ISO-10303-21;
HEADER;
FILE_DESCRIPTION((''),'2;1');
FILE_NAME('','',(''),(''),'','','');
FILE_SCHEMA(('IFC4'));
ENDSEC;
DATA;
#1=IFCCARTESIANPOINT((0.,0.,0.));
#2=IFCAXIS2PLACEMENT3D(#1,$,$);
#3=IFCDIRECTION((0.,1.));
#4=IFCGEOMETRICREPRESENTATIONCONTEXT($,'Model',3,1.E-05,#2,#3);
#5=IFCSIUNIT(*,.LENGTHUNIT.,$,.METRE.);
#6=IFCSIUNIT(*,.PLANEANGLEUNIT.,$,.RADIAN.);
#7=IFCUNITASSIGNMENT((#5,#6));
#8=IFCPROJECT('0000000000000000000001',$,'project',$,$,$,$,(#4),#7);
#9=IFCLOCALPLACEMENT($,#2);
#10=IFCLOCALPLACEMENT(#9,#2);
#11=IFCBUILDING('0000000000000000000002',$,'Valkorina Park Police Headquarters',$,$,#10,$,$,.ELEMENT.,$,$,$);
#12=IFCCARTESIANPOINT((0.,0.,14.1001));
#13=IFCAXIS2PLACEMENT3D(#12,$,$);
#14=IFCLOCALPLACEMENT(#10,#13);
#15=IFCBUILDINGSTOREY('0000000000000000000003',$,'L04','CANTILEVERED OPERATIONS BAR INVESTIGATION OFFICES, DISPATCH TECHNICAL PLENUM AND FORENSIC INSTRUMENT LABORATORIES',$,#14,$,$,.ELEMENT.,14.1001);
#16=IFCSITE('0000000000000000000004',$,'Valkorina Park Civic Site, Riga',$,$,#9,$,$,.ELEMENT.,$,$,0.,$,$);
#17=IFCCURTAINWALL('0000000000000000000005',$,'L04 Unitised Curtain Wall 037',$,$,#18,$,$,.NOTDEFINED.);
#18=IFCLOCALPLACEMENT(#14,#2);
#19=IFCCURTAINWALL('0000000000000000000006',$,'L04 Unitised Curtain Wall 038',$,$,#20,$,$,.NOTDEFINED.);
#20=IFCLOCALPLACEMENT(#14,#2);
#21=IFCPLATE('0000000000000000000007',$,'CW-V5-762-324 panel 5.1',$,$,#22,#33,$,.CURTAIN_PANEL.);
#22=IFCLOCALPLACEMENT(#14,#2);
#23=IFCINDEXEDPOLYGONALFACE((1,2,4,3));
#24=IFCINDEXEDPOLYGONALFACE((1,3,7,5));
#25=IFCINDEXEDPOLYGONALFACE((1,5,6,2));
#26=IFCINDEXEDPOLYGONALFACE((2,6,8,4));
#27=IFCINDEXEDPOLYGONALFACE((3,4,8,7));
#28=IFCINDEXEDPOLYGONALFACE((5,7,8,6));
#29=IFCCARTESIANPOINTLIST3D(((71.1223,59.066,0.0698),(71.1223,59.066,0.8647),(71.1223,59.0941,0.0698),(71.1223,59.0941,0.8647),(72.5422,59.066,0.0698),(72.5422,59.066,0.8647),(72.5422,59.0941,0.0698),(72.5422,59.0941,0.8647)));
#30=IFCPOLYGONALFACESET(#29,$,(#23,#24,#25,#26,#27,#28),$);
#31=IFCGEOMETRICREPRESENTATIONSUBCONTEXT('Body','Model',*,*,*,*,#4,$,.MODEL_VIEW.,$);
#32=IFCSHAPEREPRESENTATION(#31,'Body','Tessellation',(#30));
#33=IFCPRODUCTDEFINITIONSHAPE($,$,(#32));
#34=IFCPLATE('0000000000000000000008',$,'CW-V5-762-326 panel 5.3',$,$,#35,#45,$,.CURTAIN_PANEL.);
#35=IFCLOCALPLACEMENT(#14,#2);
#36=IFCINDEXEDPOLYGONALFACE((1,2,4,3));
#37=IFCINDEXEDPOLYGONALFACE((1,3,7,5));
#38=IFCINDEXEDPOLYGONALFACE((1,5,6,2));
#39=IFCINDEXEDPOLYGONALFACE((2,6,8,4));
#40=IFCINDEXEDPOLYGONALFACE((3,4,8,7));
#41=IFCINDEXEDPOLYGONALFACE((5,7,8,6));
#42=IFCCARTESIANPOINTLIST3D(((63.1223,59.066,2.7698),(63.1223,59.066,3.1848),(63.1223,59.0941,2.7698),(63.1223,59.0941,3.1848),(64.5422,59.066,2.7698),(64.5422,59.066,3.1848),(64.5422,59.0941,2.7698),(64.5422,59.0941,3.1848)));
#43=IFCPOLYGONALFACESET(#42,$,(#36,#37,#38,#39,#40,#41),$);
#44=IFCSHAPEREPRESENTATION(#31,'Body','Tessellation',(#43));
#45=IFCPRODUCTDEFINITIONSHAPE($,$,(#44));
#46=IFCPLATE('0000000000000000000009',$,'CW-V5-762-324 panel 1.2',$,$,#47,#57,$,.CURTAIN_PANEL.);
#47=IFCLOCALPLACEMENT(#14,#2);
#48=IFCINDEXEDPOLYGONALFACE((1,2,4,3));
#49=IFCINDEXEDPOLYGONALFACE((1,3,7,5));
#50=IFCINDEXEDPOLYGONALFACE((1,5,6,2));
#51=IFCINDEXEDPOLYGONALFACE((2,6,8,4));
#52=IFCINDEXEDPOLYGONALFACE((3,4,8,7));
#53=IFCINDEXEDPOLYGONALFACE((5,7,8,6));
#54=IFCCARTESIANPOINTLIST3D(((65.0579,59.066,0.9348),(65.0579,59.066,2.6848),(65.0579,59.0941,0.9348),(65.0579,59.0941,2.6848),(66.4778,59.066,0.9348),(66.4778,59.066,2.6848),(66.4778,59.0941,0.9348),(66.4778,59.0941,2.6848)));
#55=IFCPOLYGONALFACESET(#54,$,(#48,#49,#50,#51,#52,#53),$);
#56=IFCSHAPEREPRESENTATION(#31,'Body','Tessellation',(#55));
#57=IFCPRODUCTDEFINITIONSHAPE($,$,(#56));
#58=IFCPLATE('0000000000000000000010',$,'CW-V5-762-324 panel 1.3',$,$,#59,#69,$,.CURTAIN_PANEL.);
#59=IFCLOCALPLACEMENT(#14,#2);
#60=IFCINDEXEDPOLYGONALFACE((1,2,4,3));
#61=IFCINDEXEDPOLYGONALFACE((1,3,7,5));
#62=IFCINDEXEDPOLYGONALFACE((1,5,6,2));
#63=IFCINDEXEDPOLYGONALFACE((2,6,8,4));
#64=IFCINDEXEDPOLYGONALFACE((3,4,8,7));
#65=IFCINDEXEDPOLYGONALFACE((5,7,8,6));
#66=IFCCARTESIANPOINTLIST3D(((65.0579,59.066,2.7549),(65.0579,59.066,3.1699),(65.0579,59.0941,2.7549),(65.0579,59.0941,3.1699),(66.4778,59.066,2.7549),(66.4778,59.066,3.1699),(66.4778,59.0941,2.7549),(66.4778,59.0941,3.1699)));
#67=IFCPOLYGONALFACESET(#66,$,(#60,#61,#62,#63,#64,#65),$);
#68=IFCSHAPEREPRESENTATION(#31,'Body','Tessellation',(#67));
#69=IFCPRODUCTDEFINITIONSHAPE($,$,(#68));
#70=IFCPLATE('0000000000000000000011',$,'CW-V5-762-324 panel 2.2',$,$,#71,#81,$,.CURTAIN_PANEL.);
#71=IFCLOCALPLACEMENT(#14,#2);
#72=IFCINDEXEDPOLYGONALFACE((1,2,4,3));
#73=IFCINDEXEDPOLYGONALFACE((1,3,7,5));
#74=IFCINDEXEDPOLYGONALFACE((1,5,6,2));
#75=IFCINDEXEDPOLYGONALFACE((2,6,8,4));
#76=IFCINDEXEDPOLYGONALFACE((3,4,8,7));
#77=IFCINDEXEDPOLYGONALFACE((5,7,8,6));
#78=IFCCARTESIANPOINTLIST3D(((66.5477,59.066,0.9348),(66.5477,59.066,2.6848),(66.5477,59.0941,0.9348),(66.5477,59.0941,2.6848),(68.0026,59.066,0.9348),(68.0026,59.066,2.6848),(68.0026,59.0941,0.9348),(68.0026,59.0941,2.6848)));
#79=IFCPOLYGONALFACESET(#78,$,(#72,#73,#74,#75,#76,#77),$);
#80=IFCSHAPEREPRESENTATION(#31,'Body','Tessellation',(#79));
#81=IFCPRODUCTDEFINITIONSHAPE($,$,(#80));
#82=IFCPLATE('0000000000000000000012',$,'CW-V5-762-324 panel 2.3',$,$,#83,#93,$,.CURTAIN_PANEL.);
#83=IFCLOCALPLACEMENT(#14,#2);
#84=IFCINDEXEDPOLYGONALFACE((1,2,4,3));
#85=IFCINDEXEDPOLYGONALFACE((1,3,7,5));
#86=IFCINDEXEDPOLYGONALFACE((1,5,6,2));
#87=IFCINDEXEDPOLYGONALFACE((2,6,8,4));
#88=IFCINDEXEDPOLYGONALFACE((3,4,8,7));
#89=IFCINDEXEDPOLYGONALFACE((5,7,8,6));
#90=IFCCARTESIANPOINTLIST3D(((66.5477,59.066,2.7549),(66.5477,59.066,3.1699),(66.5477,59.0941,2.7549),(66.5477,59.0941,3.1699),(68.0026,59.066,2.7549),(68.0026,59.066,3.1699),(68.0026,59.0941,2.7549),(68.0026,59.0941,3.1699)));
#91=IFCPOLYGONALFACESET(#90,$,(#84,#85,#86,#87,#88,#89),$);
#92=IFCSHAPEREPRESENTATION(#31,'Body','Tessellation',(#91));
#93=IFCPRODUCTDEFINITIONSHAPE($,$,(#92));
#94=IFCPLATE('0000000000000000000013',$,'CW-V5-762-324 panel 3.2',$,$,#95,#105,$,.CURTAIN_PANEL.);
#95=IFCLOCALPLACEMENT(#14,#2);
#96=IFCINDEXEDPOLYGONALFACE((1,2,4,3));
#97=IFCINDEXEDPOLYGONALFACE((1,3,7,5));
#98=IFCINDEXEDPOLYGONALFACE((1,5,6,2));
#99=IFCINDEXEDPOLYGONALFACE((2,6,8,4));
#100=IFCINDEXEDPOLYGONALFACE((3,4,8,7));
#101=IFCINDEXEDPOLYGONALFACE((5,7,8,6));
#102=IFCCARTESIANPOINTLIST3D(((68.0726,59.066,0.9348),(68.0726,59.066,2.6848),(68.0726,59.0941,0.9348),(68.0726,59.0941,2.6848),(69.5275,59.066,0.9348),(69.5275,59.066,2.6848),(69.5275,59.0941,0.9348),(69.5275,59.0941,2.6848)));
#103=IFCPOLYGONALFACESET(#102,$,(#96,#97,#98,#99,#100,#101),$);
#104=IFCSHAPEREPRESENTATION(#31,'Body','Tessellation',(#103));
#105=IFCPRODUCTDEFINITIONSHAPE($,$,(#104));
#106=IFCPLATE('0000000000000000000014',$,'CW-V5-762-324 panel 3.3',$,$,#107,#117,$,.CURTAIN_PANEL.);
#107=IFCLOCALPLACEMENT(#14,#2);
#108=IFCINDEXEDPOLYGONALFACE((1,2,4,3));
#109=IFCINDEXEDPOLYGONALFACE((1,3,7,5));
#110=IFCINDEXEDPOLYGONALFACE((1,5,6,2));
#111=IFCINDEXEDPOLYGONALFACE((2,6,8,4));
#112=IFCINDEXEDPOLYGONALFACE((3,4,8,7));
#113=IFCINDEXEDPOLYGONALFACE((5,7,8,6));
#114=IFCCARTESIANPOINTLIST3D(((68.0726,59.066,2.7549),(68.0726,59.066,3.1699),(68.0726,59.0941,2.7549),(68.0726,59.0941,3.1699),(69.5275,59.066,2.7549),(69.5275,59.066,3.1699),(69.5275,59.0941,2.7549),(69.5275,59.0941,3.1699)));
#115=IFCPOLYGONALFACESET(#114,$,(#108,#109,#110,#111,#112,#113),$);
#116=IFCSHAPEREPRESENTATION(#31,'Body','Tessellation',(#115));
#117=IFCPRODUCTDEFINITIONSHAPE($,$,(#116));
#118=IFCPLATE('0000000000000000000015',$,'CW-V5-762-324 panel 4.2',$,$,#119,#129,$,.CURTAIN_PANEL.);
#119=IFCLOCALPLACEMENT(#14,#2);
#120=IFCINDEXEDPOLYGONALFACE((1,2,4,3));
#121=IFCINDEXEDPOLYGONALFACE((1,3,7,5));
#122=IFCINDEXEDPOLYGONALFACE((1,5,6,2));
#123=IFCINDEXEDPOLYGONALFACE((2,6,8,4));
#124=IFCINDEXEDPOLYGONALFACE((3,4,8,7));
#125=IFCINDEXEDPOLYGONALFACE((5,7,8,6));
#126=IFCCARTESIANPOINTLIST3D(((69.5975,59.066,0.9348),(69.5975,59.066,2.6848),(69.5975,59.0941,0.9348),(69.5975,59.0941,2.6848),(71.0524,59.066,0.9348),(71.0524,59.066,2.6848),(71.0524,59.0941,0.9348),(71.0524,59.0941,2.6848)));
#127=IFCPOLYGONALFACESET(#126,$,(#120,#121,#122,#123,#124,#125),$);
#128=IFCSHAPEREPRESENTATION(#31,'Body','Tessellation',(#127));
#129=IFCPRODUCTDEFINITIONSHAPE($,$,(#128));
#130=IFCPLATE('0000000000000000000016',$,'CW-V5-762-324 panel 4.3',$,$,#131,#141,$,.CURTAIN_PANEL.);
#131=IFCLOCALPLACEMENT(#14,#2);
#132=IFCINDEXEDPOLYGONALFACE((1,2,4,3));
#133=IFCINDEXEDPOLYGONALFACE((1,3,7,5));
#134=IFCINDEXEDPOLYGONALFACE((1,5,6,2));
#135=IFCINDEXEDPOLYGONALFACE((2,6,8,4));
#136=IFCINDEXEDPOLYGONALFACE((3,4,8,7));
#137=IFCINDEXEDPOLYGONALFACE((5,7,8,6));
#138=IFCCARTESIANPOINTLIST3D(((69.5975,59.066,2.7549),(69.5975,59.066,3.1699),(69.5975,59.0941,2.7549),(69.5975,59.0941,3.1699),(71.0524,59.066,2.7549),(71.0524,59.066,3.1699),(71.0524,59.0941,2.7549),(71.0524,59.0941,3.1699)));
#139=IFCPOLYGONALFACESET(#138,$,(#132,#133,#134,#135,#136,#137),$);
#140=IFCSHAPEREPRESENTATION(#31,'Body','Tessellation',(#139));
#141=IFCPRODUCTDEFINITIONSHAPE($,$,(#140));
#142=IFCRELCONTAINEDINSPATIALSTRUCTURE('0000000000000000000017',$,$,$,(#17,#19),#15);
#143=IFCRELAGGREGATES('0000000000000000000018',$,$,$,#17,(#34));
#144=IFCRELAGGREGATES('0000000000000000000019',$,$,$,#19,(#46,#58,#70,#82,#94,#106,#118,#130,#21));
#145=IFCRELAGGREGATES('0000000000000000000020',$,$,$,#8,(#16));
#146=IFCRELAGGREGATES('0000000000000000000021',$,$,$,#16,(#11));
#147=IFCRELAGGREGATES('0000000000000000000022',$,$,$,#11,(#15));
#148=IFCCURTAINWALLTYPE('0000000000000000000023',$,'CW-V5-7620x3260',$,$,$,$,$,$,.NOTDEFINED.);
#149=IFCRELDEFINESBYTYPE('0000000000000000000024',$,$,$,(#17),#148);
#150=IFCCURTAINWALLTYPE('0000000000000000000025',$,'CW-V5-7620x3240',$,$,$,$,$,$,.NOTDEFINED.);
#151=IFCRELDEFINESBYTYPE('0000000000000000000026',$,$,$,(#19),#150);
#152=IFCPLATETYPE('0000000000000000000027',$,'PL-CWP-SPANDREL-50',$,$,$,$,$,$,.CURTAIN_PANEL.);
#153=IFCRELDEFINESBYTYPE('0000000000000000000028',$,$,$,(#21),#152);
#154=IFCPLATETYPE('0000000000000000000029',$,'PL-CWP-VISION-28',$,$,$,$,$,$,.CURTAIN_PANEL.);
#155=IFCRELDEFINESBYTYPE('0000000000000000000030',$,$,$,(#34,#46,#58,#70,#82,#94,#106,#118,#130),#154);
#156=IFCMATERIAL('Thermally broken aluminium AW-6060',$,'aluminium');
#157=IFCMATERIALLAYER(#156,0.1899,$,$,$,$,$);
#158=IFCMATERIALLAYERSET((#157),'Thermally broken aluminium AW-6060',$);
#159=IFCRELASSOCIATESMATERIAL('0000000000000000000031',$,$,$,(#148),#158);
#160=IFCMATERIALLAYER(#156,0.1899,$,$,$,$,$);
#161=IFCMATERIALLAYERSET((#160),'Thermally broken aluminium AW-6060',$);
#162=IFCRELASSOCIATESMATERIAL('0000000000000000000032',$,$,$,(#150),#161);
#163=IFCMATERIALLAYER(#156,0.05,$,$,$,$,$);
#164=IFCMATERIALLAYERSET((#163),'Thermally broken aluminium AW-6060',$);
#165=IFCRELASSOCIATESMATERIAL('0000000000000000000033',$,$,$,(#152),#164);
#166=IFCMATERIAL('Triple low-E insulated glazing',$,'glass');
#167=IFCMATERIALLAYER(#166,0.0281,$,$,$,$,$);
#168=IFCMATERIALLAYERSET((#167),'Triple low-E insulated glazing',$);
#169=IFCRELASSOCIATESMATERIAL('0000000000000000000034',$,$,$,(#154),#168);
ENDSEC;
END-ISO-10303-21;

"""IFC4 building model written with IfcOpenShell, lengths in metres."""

from ifc_helpers import new_model, si_unit, direction, frame, origin, origin_2d, place, context, subcontext, project, spatial, rectangle, extrude, material, layer, layer_set, type_object, element, aggregate, save


model = new_model("IFC4")

# Units and contexts
model_context = context("Model", 3, precision=1e-05, world=origin(), true_north=direction((0.0, 1.0)))
body_context = subcontext(model_context, "Body", "Model", "MODEL_VIEW")
ifc_project = project(units=[si_unit("LENGTHUNIT", "METRE"), si_unit("PLANEANGLEUNIT", "RADIAN")], contexts=[model_context])

# Site, building, storey
site_placement = place(None, origin())
site = spatial("IfcSite", under=ifc_project, at=site_placement, Name="Valkorina Park Civic Site, Riga", CompositionType="ELEMENT", RefElevation=0.0)
building_placement = place(site_placement, origin())
building = spatial("IfcBuilding", under=site, at=building_placement, Name="Valkorina Park Police Headquarters", CompositionType="ELEMENT")
storey_placement = place(building_placement, frame((0.0, 0.0, 14.1001)))
storey = spatial("IfcBuildingStorey", under=building, at=storey_placement, Name="L04", Description="CANTILEVERED OPERATIONS BAR INVESTIGATION OFFICES, DISPATCH TECHNICAL PLENUM AND FORENSIC INSTRUMENT LABORATORIES", CompositionType="ELEMENT", Elevation=14.1001)

# Curtain wall
ifc_material_1 = material(Name="Thermally broken aluminium AW-6060", Category="aluminium")
ifc_layer_1 = layer(ifc_material_1, 0.1899)
ifc_layer_set_1 = layer_set([ifc_layer_1], Name="Thermally broken aluminium AW-6060")
curtain_wall_type_1 = type_object("IfcCurtainWallType", Name="CW-V5-7620x3260", PredefinedType="NOTDEFINED", material=ifc_layer_set_1)
curtain_wall_1_placement = place(storey_placement, origin())
curtain_wall_1 = element("IfcCurtainWall", 1, at=curtain_wall_1_placement, inside=storey, type_object=curtain_wall_type_1, Name="L04 Unitised Curtain Wall 037", PredefinedType="NOTDEFINED")

# Curtain wall, plate
ifc_layer_2 = layer(ifc_material_1, 0.1899)
ifc_layer_set_2 = layer_set([ifc_layer_2], Name="Thermally broken aluminium AW-6060")
curtain_wall_type_2 = type_object("IfcCurtainWallType", Name="CW-V5-7620x3240", PredefinedType="NOTDEFINED", material=ifc_layer_set_2)
curtain_wall_2_placement = place(storey_placement, origin())
curtain_wall_2 = element("IfcCurtainWall", 2, at=curtain_wall_2_placement, inside=storey, type_object=curtain_wall_type_2, Name="L04 Unitised Curtain Wall 038", PredefinedType="NOTDEFINED")
ifc_layer_3 = layer(ifc_material_1, 0.05)
ifc_layer_set_3 = layer_set([ifc_layer_3], Name="Thermally broken aluminium AW-6060")
plate_type_1 = type_object("IfcPlateType", Name="PL-CWP-SPANDREL-50", PredefinedType="CURTAIN_PANEL", material=ifc_layer_set_3)
plate_1_placement = place(storey_placement, frame((71.8323, 59.0801, 0.0698), z_axis=(0.0, 0.0, 1.0), x_axis=(1.0, 0.0, 0.0)))
plate_1 = element("IfcPlate", 3, at=plate_1_placement, type_object=plate_type_1, Name="CW-V5-762-324 panel 5.1", PredefinedType="CURTAIN_PANEL", context=body_context, shape_type="SweptSolid", body=[
    extrude(rectangle(XDim=1.4199, YDim=0.0281, at=origin_2d()), origin(), (0.0, 0.0, 1.0), 0.7949),
])

# Plates
ifc_material_2 = material(Name="Triple low-E insulated glazing", Category="glass")
ifc_layer_4 = layer(ifc_material_2, 0.0281)
ifc_layer_set_4 = layer_set([ifc_layer_4], Name="Triple low-E insulated glazing")
plate_type_2 = type_object("IfcPlateType", Name="PL-CWP-VISION-28", PredefinedType="CURTAIN_PANEL", material=ifc_layer_set_4)
plate_2_placement = place(storey_placement, frame((63.8323, 59.0801, 2.7698), z_axis=(0.0, 0.0, 1.0), x_axis=(1.0, 0.0, 0.0)))
plate_2 = element("IfcPlate", 4, at=plate_2_placement, type_object=plate_type_2, Name="CW-V5-762-326 panel 5.3", PredefinedType="CURTAIN_PANEL", context=body_context, shape_type="SweptSolid", body=[
    extrude(rectangle(XDim=1.4199, YDim=0.0281, at=origin_2d()), origin(), (0.0, 0.0, 1.0), 0.415),
])
aggregate(curtain_wall_1, [plate_2])
plate_3_placement = place(storey_placement, frame((65.7678, 59.0801, 0.9348), z_axis=(0.0, 0.0, 1.0), x_axis=(1.0, 0.0, 0.0)))
plate_3 = element("IfcPlate", 5, at=plate_3_placement, type_object=plate_type_2, Name="CW-V5-762-324 panel 1.2", PredefinedType="CURTAIN_PANEL", context=body_context, shape_type="SweptSolid", body=[
    extrude(rectangle(XDim=1.4199, YDim=0.0281, at=origin_2d()), origin(), (0.0, 0.0, 1.0), 1.75),
])
plate_4_placement = place(storey_placement, frame((65.7678, 59.0801, 2.7549), z_axis=(0.0, 0.0, 1.0), x_axis=(1.0, 0.0, 0.0)))
plate_4 = element("IfcPlate", 6, at=plate_4_placement, type_object=plate_type_2, Name="CW-V5-762-324 panel 1.3", PredefinedType="CURTAIN_PANEL", context=body_context, shape_type="SweptSolid", body=[
    extrude(rectangle(XDim=1.4199, YDim=0.0281, at=origin_2d()), origin(), (0.0, 0.0, 1.0), 0.415),
])
plate_5_placement = place(storey_placement, frame((67.2751, 59.0801, 0.9348), z_axis=(0.0, 0.0, 1.0), x_axis=(1.0, 0.0, 0.0)))
plate_5 = element("IfcPlate", 7, at=plate_5_placement, type_object=plate_type_2, Name="CW-V5-762-324 panel 2.2", PredefinedType="CURTAIN_PANEL", context=body_context, shape_type="SweptSolid", body=[
    extrude(rectangle(XDim=1.4548, YDim=0.0281, at=origin_2d()), origin(), (0.0, 0.0, 1.0), 1.75),
])
plate_6_placement = place(storey_placement, frame((67.2751, 59.0801, 2.7549), z_axis=(0.0, 0.0, 1.0), x_axis=(1.0, 0.0, 0.0)))
plate_6 = element("IfcPlate", 8, at=plate_6_placement, type_object=plate_type_2, Name="CW-V5-762-324 panel 2.3", PredefinedType="CURTAIN_PANEL", context=body_context, shape_type="SweptSolid", body=[
    extrude(rectangle(XDim=1.4548, YDim=0.0281, at=origin_2d()), origin(), (0.0, 0.0, 1.0), 0.415),
])
plate_7_placement = place(storey_placement, frame((68.8, 59.0801, 0.9348), z_axis=(0.0, 0.0, 1.0), x_axis=(1.0, 0.0, 0.0)))
plate_7 = element("IfcPlate", 9, at=plate_7_placement, type_object=plate_type_2, Name="CW-V5-762-324 panel 3.2", PredefinedType="CURTAIN_PANEL", context=body_context, shape_type="SweptSolid", body=[
    extrude(rectangle(XDim=1.4548, YDim=0.0281, at=origin_2d()), origin(), (0.0, 0.0, 1.0), 1.75),
])
plate_8_placement = place(storey_placement, frame((68.8, 59.0801, 2.7549), z_axis=(0.0, 0.0, 1.0), x_axis=(1.0, 0.0, 0.0)))
plate_8 = element("IfcPlate", 10, at=plate_8_placement, type_object=plate_type_2, Name="CW-V5-762-324 panel 3.3", PredefinedType="CURTAIN_PANEL", context=body_context, shape_type="SweptSolid", body=[
    extrude(rectangle(XDim=1.4548, YDim=0.0281, at=origin_2d()), origin(), (0.0, 0.0, 1.0), 0.415),
])
plate_9_placement = place(storey_placement, frame((70.325, 59.0801, 0.9348), z_axis=(0.0, 0.0, 1.0), x_axis=(1.0, 0.0, 0.0)))
plate_9 = element("IfcPlate", 11, at=plate_9_placement, type_object=plate_type_2, Name="CW-V5-762-324 panel 4.2", PredefinedType="CURTAIN_PANEL", context=body_context, shape_type="SweptSolid", body=[
    extrude(rectangle(XDim=1.4548, YDim=0.0281, at=origin_2d()), origin(), (0.0, 0.0, 1.0), 1.75),
])
plate_10_placement = place(storey_placement, frame((70.325, 59.0801, 2.7549), z_axis=(0.0, 0.0, 1.0), x_axis=(1.0, 0.0, 0.0)))
plate_10 = element("IfcPlate", 12, at=plate_10_placement, type_object=plate_type_2, Name="CW-V5-762-324 panel 4.3", PredefinedType="CURTAIN_PANEL", context=body_context, shape_type="SweptSolid", body=[
    extrude(rectangle(XDim=1.4548, YDim=0.0281, at=origin_2d()), origin(), (0.0, 0.0, 1.0), 0.415),
])
aggregate(curtain_wall_2, [plate_3, plate_4, plate_5, plate_6, plate_7, plate_8, plate_9, plate_10, plate_1])

save(model, "model.ifc")
